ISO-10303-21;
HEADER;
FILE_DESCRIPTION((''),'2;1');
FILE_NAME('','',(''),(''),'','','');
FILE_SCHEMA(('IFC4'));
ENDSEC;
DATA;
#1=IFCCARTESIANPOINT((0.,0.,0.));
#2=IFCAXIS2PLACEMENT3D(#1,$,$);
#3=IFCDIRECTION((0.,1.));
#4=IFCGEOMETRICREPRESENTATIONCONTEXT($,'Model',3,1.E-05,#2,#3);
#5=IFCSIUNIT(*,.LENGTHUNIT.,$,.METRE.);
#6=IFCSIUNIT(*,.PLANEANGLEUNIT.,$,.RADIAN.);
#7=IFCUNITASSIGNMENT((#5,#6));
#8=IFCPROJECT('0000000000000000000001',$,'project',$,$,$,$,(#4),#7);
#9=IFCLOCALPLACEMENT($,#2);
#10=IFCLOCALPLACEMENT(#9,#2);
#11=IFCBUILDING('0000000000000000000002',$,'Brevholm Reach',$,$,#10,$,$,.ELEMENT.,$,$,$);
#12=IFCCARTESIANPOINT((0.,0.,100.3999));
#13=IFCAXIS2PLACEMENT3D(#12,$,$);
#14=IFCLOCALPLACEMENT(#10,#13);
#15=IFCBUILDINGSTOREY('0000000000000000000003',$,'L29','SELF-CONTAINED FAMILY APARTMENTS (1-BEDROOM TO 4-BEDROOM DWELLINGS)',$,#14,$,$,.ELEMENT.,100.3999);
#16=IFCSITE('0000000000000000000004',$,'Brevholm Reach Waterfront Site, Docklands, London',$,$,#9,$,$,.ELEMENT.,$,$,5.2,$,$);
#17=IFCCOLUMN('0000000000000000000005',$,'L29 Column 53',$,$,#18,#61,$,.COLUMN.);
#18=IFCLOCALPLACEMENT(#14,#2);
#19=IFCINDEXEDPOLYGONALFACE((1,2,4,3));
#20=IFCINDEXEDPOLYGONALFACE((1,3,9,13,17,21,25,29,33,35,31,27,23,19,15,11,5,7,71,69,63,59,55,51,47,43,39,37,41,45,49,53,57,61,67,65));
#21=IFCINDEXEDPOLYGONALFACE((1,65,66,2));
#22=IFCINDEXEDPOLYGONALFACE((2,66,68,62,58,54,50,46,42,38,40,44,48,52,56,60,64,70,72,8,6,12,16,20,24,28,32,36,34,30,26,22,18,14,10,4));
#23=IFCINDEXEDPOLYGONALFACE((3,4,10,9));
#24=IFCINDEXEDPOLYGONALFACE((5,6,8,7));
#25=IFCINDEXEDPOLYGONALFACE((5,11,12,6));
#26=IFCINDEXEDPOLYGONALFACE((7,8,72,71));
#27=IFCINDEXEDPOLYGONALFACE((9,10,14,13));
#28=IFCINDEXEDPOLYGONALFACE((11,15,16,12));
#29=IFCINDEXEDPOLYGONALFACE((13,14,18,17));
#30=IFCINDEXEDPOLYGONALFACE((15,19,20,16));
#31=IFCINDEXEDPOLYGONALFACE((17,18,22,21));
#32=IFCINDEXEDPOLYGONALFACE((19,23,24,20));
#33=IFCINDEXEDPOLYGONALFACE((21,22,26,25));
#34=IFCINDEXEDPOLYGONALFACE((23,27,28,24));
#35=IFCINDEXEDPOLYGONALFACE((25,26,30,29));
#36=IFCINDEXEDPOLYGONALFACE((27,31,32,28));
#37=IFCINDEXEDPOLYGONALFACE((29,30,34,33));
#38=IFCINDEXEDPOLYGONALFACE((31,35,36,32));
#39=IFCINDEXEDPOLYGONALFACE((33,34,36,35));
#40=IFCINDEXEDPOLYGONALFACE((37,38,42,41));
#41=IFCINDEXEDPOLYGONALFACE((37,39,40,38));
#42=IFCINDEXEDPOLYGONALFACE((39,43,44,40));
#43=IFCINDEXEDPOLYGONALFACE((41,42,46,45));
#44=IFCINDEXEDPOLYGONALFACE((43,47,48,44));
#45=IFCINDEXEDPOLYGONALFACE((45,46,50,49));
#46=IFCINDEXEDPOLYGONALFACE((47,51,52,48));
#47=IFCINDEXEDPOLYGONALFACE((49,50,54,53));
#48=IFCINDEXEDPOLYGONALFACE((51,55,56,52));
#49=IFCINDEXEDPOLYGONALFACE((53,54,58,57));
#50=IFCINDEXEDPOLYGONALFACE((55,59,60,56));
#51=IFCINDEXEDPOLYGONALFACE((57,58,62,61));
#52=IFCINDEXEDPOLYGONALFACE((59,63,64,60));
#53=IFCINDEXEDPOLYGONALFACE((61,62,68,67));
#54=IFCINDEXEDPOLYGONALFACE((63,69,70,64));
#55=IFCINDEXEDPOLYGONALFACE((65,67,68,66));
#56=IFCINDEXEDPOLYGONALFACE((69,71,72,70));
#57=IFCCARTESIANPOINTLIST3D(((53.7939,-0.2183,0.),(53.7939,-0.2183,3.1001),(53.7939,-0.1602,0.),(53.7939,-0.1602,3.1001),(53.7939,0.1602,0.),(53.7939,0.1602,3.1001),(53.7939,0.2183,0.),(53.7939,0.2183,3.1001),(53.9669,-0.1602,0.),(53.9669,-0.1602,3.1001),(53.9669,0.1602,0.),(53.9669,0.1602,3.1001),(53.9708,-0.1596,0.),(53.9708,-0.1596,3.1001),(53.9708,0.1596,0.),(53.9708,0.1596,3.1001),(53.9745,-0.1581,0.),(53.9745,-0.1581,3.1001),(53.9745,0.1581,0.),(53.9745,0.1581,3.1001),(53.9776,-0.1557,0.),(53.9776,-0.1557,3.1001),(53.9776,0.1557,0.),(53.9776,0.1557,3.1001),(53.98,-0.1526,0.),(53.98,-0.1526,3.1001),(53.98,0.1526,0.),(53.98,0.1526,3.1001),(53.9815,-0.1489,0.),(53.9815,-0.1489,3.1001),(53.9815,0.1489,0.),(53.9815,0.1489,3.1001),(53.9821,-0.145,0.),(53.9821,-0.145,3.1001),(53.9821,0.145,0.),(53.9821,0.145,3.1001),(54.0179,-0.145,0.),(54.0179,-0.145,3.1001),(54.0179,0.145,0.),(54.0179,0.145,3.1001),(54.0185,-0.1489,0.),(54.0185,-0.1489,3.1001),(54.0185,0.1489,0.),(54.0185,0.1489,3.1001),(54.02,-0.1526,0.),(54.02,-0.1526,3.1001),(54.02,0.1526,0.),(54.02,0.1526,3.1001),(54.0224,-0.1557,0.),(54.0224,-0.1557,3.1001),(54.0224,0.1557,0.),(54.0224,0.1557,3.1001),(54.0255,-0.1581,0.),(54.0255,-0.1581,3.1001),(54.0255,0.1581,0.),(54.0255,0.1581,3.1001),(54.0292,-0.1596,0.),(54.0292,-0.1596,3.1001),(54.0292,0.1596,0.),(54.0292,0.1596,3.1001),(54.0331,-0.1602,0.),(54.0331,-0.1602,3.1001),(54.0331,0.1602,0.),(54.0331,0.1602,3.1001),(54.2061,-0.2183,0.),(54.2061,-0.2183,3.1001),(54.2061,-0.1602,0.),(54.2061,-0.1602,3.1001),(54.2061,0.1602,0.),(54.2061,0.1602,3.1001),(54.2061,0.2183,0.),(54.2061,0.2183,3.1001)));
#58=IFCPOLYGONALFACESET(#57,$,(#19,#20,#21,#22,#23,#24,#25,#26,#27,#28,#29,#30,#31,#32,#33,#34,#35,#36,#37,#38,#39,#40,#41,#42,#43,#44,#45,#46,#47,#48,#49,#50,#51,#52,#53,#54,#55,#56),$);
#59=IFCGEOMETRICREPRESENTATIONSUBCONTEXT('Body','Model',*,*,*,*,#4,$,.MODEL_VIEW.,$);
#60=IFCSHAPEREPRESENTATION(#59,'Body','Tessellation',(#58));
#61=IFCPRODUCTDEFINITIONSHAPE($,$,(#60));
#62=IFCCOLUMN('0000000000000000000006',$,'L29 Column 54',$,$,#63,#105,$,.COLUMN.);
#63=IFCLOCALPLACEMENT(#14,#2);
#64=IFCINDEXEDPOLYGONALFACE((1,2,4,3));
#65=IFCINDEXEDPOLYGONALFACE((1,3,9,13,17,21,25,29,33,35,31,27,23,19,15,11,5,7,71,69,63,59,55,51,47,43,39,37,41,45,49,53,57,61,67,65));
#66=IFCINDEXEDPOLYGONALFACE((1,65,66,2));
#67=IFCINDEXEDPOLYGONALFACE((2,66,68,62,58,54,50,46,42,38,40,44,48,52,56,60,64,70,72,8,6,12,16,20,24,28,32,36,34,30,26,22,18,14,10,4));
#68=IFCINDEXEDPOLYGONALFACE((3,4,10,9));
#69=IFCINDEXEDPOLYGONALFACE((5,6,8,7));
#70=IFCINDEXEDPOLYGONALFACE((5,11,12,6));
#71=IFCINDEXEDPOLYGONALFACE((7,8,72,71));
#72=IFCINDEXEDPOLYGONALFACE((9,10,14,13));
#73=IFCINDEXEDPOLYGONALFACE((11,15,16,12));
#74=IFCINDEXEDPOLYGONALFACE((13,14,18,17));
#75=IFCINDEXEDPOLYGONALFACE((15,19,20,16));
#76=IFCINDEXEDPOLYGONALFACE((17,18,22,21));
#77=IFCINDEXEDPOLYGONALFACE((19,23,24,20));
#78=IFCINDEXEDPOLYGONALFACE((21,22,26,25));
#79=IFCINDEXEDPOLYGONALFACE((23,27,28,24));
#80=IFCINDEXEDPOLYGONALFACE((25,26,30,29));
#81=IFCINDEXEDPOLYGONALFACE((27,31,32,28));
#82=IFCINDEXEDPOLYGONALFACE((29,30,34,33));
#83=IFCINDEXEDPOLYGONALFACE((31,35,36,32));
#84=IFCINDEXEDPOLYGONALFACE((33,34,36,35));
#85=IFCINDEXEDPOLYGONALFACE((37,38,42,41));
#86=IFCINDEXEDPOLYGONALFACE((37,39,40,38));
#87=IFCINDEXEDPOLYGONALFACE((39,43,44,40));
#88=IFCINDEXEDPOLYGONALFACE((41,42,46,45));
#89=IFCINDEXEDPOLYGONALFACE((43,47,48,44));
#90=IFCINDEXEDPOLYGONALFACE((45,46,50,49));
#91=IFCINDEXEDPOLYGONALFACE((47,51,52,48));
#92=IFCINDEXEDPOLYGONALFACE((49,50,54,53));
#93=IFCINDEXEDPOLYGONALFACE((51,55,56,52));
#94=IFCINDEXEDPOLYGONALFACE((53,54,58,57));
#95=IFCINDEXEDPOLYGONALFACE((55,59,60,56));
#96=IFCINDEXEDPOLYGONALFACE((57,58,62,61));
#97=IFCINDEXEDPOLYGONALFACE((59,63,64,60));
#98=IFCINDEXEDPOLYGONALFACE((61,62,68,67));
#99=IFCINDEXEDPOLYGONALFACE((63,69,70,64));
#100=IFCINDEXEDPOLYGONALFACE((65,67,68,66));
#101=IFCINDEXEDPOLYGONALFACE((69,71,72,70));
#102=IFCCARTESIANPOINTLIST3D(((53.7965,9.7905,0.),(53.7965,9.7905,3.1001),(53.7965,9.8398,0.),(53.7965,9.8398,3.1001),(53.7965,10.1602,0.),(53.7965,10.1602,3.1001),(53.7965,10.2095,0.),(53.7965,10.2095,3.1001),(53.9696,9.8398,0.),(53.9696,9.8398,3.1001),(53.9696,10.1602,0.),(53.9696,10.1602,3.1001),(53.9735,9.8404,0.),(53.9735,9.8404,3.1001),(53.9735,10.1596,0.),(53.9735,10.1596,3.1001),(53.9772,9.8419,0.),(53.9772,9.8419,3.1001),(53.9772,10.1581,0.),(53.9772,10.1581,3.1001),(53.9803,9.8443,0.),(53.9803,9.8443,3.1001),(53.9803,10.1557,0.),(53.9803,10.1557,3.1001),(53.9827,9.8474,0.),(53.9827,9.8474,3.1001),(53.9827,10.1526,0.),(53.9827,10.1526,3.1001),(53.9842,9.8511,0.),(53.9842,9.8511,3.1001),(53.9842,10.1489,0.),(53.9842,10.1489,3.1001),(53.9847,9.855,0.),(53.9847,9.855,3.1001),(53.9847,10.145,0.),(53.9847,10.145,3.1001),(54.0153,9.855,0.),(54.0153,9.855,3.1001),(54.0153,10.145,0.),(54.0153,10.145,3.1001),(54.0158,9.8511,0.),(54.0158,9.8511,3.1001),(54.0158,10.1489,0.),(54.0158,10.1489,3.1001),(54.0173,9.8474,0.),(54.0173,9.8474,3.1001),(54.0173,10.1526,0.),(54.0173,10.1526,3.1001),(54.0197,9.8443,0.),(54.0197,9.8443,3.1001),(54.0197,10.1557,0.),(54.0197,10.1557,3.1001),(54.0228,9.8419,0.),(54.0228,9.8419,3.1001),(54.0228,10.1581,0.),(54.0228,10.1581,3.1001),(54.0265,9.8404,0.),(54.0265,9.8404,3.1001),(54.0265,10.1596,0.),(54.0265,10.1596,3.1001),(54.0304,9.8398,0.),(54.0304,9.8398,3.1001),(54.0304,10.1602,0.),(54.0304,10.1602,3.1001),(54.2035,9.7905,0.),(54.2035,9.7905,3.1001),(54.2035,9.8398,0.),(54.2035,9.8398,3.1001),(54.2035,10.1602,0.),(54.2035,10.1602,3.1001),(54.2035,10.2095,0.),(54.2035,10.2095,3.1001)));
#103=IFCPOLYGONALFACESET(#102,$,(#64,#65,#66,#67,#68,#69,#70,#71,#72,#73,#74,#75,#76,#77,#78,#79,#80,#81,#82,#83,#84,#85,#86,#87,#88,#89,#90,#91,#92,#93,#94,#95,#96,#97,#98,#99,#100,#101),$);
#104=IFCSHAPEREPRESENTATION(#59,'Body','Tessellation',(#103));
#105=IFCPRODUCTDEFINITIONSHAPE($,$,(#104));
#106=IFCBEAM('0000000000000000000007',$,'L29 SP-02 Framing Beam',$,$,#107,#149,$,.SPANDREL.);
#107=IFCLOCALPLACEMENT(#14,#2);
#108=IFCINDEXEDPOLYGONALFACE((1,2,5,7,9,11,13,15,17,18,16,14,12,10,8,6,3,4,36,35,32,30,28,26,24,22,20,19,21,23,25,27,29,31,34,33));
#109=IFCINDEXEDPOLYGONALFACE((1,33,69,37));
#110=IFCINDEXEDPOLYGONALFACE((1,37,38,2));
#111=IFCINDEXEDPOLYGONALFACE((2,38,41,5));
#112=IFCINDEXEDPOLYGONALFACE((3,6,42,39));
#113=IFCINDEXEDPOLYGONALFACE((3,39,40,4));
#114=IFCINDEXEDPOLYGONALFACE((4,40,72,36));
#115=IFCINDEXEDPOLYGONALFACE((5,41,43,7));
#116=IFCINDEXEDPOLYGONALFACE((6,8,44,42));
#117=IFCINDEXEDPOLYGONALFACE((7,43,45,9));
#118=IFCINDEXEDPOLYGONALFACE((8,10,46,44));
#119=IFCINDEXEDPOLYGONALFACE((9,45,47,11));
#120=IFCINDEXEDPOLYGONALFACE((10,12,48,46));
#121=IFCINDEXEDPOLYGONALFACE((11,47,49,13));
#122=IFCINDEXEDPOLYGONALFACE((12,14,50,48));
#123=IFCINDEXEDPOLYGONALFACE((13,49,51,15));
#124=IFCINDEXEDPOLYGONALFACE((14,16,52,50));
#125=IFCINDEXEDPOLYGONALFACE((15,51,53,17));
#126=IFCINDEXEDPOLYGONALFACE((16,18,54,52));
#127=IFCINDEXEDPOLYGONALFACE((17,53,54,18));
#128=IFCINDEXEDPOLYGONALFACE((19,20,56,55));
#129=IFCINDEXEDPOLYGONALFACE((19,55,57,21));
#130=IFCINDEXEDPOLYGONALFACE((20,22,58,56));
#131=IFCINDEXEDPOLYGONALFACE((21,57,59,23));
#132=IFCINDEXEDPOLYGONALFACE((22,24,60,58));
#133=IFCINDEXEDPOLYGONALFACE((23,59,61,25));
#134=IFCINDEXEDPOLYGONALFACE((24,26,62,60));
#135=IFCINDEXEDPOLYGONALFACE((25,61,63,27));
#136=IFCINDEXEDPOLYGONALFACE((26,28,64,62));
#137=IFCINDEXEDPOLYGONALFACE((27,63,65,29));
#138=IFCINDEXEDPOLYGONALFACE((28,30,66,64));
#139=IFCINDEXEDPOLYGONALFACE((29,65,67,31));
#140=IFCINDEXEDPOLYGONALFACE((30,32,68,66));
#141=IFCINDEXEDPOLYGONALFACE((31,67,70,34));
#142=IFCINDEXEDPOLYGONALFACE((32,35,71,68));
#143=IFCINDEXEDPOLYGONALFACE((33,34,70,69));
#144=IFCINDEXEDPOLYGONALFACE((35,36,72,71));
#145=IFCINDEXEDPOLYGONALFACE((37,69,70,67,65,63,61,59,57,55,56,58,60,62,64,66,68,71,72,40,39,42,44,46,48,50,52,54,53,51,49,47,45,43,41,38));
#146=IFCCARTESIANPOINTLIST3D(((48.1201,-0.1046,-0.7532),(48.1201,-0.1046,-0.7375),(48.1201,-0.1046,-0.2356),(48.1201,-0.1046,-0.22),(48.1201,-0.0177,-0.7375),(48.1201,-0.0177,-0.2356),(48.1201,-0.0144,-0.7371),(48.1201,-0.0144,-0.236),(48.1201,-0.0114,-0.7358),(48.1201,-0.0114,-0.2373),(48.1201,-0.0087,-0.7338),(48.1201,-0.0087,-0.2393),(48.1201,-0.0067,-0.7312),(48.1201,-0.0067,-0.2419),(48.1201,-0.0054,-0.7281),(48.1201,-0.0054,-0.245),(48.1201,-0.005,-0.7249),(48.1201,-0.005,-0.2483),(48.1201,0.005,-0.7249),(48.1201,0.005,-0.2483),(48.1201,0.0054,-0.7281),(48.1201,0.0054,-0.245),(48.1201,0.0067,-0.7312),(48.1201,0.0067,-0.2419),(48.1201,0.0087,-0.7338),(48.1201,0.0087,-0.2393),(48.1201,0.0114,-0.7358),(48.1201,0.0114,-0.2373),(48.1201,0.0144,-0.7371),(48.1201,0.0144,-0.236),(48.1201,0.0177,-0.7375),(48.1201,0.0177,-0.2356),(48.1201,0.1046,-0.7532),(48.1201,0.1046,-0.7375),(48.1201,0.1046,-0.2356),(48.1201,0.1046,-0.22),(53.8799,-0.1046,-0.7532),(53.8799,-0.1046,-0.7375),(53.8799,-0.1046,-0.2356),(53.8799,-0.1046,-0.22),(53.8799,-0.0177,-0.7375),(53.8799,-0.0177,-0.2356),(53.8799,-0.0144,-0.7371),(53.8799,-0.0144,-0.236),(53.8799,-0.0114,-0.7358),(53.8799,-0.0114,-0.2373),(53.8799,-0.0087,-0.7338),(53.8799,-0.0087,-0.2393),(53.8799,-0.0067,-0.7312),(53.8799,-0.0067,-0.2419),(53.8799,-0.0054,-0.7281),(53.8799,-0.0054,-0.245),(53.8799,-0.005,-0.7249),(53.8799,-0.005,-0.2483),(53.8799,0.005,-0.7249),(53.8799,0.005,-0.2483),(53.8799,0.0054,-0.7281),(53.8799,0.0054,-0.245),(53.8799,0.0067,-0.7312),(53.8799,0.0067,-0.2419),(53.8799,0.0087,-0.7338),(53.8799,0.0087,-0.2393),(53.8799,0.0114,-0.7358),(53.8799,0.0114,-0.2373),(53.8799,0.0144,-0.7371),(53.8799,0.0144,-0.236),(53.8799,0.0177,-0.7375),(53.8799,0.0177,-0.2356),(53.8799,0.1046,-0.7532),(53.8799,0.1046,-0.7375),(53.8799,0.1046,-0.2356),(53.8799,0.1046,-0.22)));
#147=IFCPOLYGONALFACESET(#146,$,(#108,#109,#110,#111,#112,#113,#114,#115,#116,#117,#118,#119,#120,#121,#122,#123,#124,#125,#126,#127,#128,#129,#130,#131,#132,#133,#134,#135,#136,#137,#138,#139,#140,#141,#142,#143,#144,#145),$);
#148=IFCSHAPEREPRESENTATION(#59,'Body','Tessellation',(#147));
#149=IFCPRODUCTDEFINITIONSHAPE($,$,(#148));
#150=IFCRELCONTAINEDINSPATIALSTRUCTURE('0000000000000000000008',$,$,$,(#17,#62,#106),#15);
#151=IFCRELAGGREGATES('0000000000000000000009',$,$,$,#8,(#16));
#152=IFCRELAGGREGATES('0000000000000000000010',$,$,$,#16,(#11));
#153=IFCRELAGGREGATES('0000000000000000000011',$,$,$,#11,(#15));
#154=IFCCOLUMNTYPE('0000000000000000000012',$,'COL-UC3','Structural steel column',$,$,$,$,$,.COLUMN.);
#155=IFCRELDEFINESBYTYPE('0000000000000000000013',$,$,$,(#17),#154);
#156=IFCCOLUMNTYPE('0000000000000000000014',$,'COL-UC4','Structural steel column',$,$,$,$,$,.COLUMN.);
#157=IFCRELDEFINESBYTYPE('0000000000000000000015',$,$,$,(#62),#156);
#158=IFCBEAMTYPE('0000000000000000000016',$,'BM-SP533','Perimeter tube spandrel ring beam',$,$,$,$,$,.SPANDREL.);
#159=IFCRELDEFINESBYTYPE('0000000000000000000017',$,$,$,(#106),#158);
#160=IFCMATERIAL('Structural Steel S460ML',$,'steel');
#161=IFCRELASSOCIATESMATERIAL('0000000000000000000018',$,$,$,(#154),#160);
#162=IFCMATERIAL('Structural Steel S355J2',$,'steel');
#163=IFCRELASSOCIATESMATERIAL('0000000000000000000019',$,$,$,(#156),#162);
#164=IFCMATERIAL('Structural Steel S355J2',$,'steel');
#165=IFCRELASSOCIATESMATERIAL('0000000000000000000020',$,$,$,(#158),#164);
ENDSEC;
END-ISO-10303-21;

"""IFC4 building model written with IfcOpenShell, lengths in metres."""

from ifc_helpers import new_model, si_unit, direction, frame, origin, origin_2d, place, context, subcontext, project, spatial, i_section, extrude, material, material_profile, profile_set, type_object, element, save


model = new_model("IFC4")

# Units and contexts
model_context = context("Model", 3, precision=1e-05, world=origin(), true_north=direction((0.0, 1.0)))
body_context = subcontext(model_context, "Body", "Model", "MODEL_VIEW")
ifc_project = project(units=[si_unit("LENGTHUNIT", "METRE"), si_unit("PLANEANGLEUNIT", "RADIAN")], contexts=[model_context])

# Site, building, storey
site_placement = place(None, origin())
site = spatial("IfcSite", under=ifc_project, at=site_placement, Name="Brevholm Reach Waterfront Site, Docklands, London", CompositionType="ELEMENT", RefElevation=5.2)
building_placement = place(site_placement, origin())
building = spatial("IfcBuilding", under=site, at=building_placement, Name="Brevholm Reach", CompositionType="ELEMENT")
storey_placement = place(building_placement, frame((0.0, 0.0, 100.3999)))
storey = spatial("IfcBuildingStorey", under=building, at=storey_placement, Name="L29", Description="SELF-CONTAINED FAMILY APARTMENTS (1-BEDROOM TO 4-BEDROOM DWELLINGS)", CompositionType="ELEMENT", Elevation=100.3999)

# Columns
ifc_material_1 = material(Name="Structural Steel S460ML", Category="steel")
ifc_material_profile_1 = material_profile(ifc_material_1, i_section(OverallWidth=0.4121, OverallDepth=0.4365, WebThickness=0.0359, FlangeThickness=0.0581, FilletRadius=0.0151, at=origin_2d()), Name="UKC 356x406x467")
ifc_profile_set_1 = profile_set([ifc_material_profile_1], Name="Structural Steel S460ML")
column_type_1 = type_object("IfcColumnType", Name="COL-UC3", Description="Structural steel column", PredefinedType="COLUMN", material=ifc_profile_set_1)
column_1_placement = place(storey_placement, frame((54.0, 0.0, 0.0), z_axis=(0.0, 0.0, 1.0), x_axis=(1.0, 0.0, 0.0)))
element("IfcColumn", 1, at=column_1_placement, inside=storey, type_object=column_type_1, Name="L29 Column 53", PredefinedType="COLUMN", context=body_context, shape_type="SweptSolid", body=[
    extrude(i_section(OverallWidth=0.4121, OverallDepth=0.4365, WebThickness=0.0359, FlangeThickness=0.0581, FilletRadius=0.0151, at=origin_2d()), origin(), (0.0, 0.0, 1.0), 3.1001),
])
ifc_material_2 = material(Name="Structural Steel S355J2", Category="steel")
ifc_material_profile_2 = material_profile(ifc_material_2, i_section(OverallWidth=0.407, OverallDepth=0.4189, WebThickness=0.0305, FlangeThickness=0.0493, FilletRadius=0.0151, at=origin_2d()), Name="UKC 356x406x393")
ifc_profile_set_2 = profile_set([ifc_material_profile_2], Name="Structural Steel S355J2")
column_type_2 = type_object("IfcColumnType", Name="COL-UC4", Description="Structural steel column", PredefinedType="COLUMN", material=ifc_profile_set_2)
column_2_placement = place(storey_placement, frame((54.0, 10.0, 0.0), z_axis=(0.0, 0.0, 1.0), x_axis=(1.0, 0.0, 0.0)))
element("IfcColumn", 2, at=column_2_placement, inside=storey, type_object=column_type_2, Name="L29 Column 54", PredefinedType="COLUMN", context=body_context, shape_type="SweptSolid", body=[
    extrude(i_section(OverallWidth=0.407, OverallDepth=0.4189, WebThickness=0.0305, FlangeThickness=0.0493, FilletRadius=0.0151, at=origin_2d()), origin(), (0.0, 0.0, 1.0), 3.1001),
])

# Beam
ifc_material_3 = material(Name="Structural Steel S355J2", Category="steel")
ifc_material_profile_3 = material_profile(ifc_material_3, i_section(OverallWidth=0.2092, OverallDepth=0.5332, WebThickness=0.01, FlangeThickness=0.0156, FilletRadius=0.0127, at=origin_2d()), Name="UKB 533x210x92")
ifc_profile_set_3 = profile_set([ifc_material_profile_3], Name="Structural Steel S355J2")
beam_type_1 = type_object("IfcBeamType", Name="BM-SP533", Description="Perimeter tube spandrel ring beam", PredefinedType="SPANDREL", material=ifc_profile_set_3)
beam_1_placement = place(storey_placement, frame((48.1201, 0.0, -0.4866), z_axis=(1.0, 0.0, 0.0), x_axis=(0.0, 1.0, 0.0)))
element("IfcBeam", 3, at=beam_1_placement, inside=storey, type_object=beam_type_1, Name="L29 SP-02 Framing Beam", PredefinedType="SPANDREL", context=body_context, shape_type="SweptSolid", body=[
    extrude(i_section(OverallWidth=0.2092, OverallDepth=0.5332, WebThickness=0.01, FlangeThickness=0.0156, FilletRadius=0.0127, at=origin_2d()), origin(), (0.0, 0.0, 1.0), 5.7598),
])

save(model, "model.ifc")
